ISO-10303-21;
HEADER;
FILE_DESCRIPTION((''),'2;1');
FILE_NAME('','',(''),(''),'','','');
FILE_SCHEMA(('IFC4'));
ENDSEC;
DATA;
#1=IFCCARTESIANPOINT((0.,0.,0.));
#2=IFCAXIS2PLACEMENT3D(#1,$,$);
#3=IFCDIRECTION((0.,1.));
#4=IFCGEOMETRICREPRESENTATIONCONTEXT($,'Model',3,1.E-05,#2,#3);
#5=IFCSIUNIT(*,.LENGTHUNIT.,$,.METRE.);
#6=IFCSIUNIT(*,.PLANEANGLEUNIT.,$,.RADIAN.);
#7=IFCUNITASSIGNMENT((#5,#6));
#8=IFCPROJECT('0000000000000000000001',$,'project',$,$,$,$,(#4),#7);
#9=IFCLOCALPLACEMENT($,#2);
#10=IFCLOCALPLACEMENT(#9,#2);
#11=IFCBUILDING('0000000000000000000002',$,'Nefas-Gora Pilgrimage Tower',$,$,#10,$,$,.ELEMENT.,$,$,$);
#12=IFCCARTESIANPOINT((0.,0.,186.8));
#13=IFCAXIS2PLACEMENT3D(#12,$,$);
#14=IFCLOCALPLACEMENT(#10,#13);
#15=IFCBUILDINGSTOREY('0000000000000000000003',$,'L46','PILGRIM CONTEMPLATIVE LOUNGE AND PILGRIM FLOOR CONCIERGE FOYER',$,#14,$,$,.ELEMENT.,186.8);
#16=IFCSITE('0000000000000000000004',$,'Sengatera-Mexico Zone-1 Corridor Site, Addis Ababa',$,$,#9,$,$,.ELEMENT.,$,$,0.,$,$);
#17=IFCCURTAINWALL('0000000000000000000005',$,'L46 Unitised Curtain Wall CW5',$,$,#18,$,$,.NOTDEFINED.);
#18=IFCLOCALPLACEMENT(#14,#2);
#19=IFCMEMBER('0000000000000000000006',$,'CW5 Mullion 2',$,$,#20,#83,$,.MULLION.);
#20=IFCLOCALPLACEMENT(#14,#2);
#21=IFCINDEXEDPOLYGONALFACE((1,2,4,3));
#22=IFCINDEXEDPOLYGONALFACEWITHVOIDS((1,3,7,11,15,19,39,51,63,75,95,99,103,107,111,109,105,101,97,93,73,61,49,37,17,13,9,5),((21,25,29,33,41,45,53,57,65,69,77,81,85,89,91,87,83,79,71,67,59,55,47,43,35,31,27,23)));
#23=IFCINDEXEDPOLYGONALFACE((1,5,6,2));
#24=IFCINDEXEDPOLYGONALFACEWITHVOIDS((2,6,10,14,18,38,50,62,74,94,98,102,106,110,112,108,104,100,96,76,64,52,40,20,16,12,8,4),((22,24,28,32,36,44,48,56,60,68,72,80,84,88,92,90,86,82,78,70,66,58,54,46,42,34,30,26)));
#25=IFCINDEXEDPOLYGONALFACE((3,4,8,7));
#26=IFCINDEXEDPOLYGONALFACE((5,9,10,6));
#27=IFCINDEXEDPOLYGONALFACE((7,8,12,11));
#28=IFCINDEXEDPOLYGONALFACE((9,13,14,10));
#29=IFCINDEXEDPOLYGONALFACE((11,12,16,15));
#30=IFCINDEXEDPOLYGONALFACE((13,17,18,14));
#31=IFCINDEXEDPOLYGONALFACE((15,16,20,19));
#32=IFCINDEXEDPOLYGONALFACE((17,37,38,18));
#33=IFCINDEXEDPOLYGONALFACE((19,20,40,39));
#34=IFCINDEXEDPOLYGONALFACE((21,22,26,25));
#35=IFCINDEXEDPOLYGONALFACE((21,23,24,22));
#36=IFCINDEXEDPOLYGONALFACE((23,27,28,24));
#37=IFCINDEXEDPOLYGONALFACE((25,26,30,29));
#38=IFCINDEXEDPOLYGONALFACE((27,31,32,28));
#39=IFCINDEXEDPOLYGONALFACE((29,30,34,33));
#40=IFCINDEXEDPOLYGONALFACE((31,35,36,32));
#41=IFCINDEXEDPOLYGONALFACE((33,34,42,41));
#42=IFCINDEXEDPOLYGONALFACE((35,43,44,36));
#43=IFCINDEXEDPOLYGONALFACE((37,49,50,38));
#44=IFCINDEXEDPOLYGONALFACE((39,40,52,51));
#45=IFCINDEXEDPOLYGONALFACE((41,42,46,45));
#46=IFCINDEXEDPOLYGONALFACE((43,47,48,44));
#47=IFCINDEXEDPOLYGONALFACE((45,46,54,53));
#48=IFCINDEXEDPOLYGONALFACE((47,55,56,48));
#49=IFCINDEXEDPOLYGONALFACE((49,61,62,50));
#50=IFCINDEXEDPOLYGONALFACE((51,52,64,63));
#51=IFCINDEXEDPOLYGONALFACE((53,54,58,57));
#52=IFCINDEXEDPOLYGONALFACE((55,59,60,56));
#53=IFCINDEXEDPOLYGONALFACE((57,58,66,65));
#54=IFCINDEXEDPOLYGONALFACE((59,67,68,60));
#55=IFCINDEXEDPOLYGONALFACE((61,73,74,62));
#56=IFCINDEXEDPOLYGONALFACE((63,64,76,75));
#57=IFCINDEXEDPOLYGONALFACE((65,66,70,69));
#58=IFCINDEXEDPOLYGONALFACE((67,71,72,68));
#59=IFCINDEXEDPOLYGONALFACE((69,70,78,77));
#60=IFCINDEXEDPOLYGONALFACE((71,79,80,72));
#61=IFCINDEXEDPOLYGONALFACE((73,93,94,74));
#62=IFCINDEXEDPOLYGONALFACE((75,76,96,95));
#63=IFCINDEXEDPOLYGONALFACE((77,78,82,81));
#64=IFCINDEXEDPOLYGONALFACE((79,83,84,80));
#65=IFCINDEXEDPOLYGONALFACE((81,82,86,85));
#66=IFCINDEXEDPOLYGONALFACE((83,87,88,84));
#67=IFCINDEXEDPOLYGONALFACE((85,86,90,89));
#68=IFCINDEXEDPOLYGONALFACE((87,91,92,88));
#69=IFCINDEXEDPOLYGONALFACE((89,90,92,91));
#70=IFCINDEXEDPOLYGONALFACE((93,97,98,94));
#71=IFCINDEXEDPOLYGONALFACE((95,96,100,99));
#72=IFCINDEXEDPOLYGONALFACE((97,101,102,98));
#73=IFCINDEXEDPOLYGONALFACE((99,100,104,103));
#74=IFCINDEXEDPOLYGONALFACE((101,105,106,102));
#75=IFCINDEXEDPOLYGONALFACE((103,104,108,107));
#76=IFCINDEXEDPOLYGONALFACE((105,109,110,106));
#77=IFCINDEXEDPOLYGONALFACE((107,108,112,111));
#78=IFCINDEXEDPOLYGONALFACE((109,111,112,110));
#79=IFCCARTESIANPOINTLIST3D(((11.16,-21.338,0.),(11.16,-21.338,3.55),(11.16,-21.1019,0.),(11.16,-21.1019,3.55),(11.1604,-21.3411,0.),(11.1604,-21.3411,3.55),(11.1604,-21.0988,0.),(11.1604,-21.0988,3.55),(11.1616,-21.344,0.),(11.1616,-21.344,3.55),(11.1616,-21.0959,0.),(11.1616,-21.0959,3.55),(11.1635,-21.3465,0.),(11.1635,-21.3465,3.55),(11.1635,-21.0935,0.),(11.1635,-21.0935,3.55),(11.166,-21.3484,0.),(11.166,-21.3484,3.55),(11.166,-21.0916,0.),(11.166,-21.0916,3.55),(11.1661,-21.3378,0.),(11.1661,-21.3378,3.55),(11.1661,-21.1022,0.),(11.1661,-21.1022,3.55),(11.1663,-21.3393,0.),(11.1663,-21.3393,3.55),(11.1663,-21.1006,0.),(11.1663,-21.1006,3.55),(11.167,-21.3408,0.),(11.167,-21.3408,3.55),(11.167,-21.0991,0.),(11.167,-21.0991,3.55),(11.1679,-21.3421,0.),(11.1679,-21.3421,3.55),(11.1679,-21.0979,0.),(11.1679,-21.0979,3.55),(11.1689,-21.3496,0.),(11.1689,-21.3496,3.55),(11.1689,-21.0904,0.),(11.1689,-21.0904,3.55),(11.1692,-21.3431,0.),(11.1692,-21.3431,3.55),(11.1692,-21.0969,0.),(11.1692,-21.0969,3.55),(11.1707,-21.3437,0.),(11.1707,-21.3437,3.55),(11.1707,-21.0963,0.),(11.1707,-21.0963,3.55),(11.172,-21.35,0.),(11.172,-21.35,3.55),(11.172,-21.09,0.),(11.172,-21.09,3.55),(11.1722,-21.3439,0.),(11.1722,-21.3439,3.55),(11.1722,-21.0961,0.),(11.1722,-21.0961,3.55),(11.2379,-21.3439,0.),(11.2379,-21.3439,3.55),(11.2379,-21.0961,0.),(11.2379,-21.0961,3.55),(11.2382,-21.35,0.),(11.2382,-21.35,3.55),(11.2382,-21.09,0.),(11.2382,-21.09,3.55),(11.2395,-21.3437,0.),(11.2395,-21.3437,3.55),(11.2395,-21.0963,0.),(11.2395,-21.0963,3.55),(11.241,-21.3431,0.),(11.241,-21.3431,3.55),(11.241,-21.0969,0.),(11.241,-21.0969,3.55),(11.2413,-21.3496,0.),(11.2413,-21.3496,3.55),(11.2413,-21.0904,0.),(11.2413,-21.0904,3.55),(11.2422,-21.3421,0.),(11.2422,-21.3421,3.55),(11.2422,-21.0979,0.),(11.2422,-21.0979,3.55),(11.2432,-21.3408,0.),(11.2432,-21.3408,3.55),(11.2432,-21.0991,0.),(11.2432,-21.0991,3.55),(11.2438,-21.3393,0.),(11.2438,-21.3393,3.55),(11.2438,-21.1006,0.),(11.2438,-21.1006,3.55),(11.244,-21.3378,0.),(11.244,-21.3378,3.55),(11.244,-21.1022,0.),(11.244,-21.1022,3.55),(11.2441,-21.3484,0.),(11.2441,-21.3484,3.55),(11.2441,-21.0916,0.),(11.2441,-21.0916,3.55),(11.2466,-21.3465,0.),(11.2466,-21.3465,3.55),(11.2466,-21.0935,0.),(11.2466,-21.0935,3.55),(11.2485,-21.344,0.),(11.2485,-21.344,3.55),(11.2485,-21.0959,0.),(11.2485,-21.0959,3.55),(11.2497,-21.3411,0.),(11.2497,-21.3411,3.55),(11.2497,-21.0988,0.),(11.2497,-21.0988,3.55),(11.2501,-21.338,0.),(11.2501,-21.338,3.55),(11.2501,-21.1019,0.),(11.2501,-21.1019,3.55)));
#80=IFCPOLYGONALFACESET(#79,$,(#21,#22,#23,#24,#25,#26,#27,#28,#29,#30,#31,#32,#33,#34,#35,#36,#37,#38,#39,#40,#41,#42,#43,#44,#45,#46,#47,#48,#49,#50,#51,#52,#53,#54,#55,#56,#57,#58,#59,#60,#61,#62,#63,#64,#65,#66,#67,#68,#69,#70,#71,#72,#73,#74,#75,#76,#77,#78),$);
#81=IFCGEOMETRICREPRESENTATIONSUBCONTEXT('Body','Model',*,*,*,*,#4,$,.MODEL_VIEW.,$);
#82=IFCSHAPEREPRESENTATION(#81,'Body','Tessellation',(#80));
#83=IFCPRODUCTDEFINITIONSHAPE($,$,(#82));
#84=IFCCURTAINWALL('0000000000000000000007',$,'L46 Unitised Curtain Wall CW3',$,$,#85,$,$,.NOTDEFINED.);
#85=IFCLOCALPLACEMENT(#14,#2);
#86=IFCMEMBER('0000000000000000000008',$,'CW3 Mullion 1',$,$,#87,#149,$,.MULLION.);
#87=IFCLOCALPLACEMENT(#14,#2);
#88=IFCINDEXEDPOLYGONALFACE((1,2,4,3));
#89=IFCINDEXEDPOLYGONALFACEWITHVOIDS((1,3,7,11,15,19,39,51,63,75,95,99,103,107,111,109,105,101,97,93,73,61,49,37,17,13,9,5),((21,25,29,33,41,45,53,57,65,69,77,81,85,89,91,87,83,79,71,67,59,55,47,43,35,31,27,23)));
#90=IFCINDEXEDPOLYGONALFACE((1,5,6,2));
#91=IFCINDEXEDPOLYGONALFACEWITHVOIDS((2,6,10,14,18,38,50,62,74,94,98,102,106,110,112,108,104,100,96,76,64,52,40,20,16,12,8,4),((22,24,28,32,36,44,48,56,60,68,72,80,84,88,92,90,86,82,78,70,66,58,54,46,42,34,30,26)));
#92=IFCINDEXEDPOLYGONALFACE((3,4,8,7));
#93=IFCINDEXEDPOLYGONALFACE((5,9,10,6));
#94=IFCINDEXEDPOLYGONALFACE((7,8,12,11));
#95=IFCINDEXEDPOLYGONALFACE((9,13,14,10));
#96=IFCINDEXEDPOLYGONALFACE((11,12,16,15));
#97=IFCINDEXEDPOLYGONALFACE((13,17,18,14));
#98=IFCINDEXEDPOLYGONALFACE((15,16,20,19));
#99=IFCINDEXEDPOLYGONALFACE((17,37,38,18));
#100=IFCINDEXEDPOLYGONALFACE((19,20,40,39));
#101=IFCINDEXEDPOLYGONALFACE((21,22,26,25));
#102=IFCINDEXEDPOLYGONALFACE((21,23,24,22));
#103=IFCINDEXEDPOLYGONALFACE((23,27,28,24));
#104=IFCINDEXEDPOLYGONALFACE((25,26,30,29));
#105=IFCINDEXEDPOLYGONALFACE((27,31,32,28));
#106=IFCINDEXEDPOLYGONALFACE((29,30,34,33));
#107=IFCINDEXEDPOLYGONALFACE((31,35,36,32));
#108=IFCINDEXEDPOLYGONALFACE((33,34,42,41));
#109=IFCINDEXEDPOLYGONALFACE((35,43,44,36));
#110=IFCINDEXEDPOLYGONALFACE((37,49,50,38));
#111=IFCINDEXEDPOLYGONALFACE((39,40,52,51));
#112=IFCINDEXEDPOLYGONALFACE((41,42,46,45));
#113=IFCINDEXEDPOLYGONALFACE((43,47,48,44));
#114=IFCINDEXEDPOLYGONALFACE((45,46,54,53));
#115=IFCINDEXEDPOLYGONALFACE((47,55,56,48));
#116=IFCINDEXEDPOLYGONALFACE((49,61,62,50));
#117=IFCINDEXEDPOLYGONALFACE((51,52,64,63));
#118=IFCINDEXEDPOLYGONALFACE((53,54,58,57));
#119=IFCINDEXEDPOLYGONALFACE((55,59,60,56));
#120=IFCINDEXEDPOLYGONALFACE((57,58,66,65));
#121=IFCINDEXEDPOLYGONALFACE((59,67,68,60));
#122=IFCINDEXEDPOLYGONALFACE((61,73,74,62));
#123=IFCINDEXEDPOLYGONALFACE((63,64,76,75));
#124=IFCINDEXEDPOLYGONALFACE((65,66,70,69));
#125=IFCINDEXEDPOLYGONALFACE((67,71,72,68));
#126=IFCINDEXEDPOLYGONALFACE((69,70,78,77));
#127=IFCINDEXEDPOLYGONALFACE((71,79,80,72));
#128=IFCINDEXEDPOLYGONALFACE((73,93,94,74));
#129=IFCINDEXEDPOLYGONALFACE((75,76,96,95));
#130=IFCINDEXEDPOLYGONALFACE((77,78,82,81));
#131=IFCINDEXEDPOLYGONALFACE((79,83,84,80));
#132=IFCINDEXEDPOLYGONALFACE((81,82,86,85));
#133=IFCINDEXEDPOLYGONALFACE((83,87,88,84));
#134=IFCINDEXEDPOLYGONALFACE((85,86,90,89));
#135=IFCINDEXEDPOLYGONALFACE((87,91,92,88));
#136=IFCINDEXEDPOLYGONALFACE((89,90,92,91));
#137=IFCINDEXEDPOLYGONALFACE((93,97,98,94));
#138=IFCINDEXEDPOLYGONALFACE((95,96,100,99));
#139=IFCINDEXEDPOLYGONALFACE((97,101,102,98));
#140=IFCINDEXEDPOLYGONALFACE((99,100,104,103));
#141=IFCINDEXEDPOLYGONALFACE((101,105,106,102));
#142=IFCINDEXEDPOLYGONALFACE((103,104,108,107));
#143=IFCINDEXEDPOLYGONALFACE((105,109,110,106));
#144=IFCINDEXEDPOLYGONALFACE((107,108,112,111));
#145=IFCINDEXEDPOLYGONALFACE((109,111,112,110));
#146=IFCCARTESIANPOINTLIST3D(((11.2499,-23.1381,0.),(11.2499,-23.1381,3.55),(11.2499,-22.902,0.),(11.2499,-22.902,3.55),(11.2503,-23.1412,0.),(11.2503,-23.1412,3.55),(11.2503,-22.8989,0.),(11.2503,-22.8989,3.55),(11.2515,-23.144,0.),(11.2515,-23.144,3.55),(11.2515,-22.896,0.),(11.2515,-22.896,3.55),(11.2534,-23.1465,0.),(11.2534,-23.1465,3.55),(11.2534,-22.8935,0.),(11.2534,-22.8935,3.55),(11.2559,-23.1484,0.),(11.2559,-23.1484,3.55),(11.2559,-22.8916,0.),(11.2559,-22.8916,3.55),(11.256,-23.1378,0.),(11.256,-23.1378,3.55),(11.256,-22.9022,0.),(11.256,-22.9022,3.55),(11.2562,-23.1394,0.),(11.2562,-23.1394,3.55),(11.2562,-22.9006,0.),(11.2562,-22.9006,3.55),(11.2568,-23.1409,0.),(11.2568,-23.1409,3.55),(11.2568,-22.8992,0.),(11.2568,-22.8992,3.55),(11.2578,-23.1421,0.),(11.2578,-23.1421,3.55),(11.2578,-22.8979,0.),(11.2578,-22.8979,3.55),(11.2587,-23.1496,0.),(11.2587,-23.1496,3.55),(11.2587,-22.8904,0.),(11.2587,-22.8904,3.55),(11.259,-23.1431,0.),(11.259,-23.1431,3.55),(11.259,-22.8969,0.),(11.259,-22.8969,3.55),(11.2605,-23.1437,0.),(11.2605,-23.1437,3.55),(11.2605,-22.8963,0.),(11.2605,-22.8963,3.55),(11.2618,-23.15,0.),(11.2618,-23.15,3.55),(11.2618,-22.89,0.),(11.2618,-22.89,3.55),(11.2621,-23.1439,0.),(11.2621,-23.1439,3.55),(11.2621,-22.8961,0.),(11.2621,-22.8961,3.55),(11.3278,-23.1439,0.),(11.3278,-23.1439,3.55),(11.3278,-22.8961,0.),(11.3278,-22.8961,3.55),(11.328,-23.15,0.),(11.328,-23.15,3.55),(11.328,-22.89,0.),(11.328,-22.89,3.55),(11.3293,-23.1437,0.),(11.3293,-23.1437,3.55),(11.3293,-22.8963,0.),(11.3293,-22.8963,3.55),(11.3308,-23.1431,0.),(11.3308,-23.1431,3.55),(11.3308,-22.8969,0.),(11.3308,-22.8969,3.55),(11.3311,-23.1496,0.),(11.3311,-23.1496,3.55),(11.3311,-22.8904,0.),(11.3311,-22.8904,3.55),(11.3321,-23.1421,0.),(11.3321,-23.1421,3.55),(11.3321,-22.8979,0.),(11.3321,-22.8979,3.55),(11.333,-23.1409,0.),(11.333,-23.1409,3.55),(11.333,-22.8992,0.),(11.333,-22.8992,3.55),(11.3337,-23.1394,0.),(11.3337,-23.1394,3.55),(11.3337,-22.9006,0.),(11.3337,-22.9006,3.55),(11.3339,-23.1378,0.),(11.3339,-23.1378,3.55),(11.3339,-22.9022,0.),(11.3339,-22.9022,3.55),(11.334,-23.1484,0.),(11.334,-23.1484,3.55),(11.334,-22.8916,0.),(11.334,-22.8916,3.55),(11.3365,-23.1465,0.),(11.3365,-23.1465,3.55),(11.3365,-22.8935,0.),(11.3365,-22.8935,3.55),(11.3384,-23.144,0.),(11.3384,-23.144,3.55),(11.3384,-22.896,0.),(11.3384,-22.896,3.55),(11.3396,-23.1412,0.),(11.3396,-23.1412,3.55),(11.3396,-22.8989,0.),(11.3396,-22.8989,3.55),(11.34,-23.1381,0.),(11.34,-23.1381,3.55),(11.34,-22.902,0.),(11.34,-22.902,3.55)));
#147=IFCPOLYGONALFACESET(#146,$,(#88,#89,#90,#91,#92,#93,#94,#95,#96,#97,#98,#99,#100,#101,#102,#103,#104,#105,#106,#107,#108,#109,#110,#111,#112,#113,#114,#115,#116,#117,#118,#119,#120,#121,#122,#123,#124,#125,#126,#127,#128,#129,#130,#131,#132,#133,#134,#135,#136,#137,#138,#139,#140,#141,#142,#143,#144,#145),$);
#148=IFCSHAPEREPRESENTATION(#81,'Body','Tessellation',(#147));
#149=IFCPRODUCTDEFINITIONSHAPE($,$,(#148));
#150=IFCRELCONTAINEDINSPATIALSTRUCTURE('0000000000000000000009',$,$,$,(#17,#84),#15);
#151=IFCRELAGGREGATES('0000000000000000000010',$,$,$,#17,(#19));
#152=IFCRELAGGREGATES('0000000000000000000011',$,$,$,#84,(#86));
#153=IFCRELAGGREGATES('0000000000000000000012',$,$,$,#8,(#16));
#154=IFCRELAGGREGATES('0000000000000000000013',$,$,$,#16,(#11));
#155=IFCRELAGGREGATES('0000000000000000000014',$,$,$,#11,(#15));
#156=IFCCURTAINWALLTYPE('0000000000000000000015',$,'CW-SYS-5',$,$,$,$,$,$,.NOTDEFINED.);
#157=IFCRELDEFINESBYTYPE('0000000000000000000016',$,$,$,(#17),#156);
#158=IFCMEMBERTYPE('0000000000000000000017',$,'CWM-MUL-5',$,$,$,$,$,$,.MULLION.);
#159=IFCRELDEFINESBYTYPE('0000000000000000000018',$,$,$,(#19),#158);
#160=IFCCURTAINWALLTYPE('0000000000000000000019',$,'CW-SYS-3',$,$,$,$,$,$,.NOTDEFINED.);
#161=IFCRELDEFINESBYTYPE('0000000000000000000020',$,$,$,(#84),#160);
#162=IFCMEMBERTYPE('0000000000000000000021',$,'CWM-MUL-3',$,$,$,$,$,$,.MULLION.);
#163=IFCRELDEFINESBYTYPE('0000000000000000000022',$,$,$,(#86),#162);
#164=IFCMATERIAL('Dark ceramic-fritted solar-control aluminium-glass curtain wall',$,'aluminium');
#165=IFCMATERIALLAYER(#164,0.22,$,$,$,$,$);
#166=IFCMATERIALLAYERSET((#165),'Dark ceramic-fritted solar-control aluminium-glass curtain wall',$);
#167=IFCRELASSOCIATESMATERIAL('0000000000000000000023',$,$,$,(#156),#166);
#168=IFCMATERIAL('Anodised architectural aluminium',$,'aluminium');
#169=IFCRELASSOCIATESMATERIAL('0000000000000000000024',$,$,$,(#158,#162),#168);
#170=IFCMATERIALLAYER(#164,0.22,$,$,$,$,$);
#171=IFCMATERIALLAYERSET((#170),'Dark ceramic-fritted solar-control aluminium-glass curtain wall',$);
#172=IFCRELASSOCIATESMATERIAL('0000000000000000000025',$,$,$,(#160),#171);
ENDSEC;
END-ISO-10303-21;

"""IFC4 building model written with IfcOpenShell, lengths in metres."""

from ifc_helpers import new_model, si_unit, direction, frame, origin, origin_2d, place, context, subcontext, project, spatial, hollow_rectangle, extrude, source, transform, mapped, material, layer, layer_set, material_profile, profile_set, type_object, element, aggregate, save


model = new_model("IFC4")

# Units and contexts
model_context = context("Model", 3, precision=1e-05, world=origin(), true_north=direction((0.0, 1.0)))
body_context = subcontext(model_context, "Body", "Model", "MODEL_VIEW")
ifc_project = project(units=[si_unit("LENGTHUNIT", "METRE"), si_unit("PLANEANGLEUNIT", "RADIAN")], contexts=[model_context])

# Site, building, storey
site_placement = place(None, origin())
site = spatial("IfcSite", under=ifc_project, at=site_placement, Name="Sengatera-Mexico Zone-1 Corridor Site, Addis Ababa", CompositionType="ELEMENT", RefElevation=0.0)
building_placement = place(site_placement, origin())
building = spatial("IfcBuilding", under=site, at=building_placement, Name="Nefas-Gora Pilgrimage Tower", CompositionType="ELEMENT")
storey_placement = place(building_placement, frame((0.0, 0.0, 186.8)))
storey = spatial("IfcBuildingStorey", under=building, at=storey_placement, Name="L46", Description="PILGRIM CONTEMPLATIVE LOUNGE AND PILGRIM FLOOR CONCIERGE FOYER", CompositionType="ELEMENT", Elevation=186.8)

# Curtain wall, member
ifc_material_1 = material(Name="Dark ceramic-fritted solar-control aluminium-glass curtain wall", Category="aluminium")
ifc_layer_1 = layer(ifc_material_1, 0.22)
ifc_layer_set_1 = layer_set([ifc_layer_1], Name="Dark ceramic-fritted solar-control aluminium-glass curtain wall")
curtain_wall_type_1 = type_object("IfcCurtainWallType", Name="CW-SYS-5", PredefinedType="NOTDEFINED", material=ifc_layer_set_1)
curtain_wall_1_placement = place(storey_placement, origin())
curtain_wall_1 = element("IfcCurtainWall", 1, at=curtain_wall_1_placement, inside=storey, type_object=curtain_wall_type_1, Name="L46 Unitised Curtain Wall CW5", PredefinedType="NOTDEFINED")
ifc_material_2 = material(Name="Anodised architectural aluminium", Category="aluminium")
ifc_material_profile_1 = material_profile(ifc_material_2, hollow_rectangle(XDim=0.0901, YDim=0.26, WallThickness=0.0061, InnerFilletRadius=0.0061, OuterFilletRadius=0.012, at=origin_2d()), Name="ALU MULLION 90x260")
ifc_profile_set_1 = profile_set([ifc_material_profile_1], Name="Anodised architectural aluminium")
member_type_1 = type_object("IfcMemberType", Name="CWM-MUL-5", PredefinedType="MULLION", material=ifc_profile_set_1)
shared_shape_1 = source(origin(), body_context, "Body", "SweptSolid", [
    extrude(hollow_rectangle(XDim=0.0901, YDim=0.26, WallThickness=0.0061, InnerFilletRadius=0.0061, OuterFilletRadius=0.012, at=origin_2d()), origin(), (0.0, 0.0, 1.0), 3.55),
])
member_1_placement = place(storey_placement, frame((11.2051, -21.22, 0.0), z_axis=(0.0, 0.0, 1.0), x_axis=(1.0, 0.0, 0.0)))
member_1 = element("IfcMember", 2, at=member_1_placement, type_object=member_type_1, Name="CW5 Mullion 2", PredefinedType="MULLION", context=body_context, shape_type="MappedRepresentation", body=[
    mapped(shared_shape_1, transform((0.0, 0.0, 0.0), x_axis=(1.0, 0.0, 0.0), y_axis=(0.0, 1.0, 0.0), z_axis=(0.0, 0.0, 1.0), scale=1.0)),
])
aggregate(curtain_wall_1, [member_1])

# Curtain wall, member
ifc_layer_2 = layer(ifc_material_1, 0.22)
ifc_layer_set_2 = layer_set([ifc_layer_2], Name="Dark ceramic-fritted solar-control aluminium-glass curtain wall")
curtain_wall_type_2 = type_object("IfcCurtainWallType", Name="CW-SYS-3", PredefinedType="NOTDEFINED", material=ifc_layer_set_2)
curtain_wall_2_placement = place(storey_placement, origin())
curtain_wall_2 = element("IfcCurtainWall", 3, at=curtain_wall_2_placement, inside=storey, type_object=curtain_wall_type_2, Name="L46 Unitised Curtain Wall CW3", PredefinedType="NOTDEFINED")
ifc_material_profile_2 = material_profile(ifc_material_2, hollow_rectangle(XDim=0.0901, YDim=0.26, WallThickness=0.0061, InnerFilletRadius=0.0061, OuterFilletRadius=0.012, at=origin_2d()), Name="ALU MULLION 90x260")
ifc_profile_set_2 = profile_set([ifc_material_profile_2], Name="Anodised architectural aluminium")
member_type_2 = type_object("IfcMemberType", Name="CWM-MUL-3", PredefinedType="MULLION", material=ifc_profile_set_2)
shared_shape_2 = source(origin(), body_context, "Body", "SweptSolid", [
    extrude(hollow_rectangle(XDim=0.0901, YDim=0.26, WallThickness=0.0061, InnerFilletRadius=0.0061, OuterFilletRadius=0.012, at=origin_2d()), origin(), (0.0, 0.0, 1.0), 3.55),
])
member_2_placement = place(storey_placement, frame((11.2949, -23.02, 0.0), z_axis=(0.0, 0.0, 1.0), x_axis=(1.0, 0.0, 0.0)))
member_2 = element("IfcMember", 4, at=member_2_placement, type_object=member_type_2, Name="CW3 Mullion 1", PredefinedType="MULLION", context=body_context, shape_type="MappedRepresentation", body=[
    mapped(shared_shape_2, transform((0.0, 0.0, 0.0), x_axis=(1.0, 0.0, 0.0), y_axis=(0.0, 1.0, 0.0), z_axis=(0.0, 0.0, 1.0), scale=1.0)),
])

aggregate(curtain_wall_2, [member_2])

save(model, "model.ifc")
